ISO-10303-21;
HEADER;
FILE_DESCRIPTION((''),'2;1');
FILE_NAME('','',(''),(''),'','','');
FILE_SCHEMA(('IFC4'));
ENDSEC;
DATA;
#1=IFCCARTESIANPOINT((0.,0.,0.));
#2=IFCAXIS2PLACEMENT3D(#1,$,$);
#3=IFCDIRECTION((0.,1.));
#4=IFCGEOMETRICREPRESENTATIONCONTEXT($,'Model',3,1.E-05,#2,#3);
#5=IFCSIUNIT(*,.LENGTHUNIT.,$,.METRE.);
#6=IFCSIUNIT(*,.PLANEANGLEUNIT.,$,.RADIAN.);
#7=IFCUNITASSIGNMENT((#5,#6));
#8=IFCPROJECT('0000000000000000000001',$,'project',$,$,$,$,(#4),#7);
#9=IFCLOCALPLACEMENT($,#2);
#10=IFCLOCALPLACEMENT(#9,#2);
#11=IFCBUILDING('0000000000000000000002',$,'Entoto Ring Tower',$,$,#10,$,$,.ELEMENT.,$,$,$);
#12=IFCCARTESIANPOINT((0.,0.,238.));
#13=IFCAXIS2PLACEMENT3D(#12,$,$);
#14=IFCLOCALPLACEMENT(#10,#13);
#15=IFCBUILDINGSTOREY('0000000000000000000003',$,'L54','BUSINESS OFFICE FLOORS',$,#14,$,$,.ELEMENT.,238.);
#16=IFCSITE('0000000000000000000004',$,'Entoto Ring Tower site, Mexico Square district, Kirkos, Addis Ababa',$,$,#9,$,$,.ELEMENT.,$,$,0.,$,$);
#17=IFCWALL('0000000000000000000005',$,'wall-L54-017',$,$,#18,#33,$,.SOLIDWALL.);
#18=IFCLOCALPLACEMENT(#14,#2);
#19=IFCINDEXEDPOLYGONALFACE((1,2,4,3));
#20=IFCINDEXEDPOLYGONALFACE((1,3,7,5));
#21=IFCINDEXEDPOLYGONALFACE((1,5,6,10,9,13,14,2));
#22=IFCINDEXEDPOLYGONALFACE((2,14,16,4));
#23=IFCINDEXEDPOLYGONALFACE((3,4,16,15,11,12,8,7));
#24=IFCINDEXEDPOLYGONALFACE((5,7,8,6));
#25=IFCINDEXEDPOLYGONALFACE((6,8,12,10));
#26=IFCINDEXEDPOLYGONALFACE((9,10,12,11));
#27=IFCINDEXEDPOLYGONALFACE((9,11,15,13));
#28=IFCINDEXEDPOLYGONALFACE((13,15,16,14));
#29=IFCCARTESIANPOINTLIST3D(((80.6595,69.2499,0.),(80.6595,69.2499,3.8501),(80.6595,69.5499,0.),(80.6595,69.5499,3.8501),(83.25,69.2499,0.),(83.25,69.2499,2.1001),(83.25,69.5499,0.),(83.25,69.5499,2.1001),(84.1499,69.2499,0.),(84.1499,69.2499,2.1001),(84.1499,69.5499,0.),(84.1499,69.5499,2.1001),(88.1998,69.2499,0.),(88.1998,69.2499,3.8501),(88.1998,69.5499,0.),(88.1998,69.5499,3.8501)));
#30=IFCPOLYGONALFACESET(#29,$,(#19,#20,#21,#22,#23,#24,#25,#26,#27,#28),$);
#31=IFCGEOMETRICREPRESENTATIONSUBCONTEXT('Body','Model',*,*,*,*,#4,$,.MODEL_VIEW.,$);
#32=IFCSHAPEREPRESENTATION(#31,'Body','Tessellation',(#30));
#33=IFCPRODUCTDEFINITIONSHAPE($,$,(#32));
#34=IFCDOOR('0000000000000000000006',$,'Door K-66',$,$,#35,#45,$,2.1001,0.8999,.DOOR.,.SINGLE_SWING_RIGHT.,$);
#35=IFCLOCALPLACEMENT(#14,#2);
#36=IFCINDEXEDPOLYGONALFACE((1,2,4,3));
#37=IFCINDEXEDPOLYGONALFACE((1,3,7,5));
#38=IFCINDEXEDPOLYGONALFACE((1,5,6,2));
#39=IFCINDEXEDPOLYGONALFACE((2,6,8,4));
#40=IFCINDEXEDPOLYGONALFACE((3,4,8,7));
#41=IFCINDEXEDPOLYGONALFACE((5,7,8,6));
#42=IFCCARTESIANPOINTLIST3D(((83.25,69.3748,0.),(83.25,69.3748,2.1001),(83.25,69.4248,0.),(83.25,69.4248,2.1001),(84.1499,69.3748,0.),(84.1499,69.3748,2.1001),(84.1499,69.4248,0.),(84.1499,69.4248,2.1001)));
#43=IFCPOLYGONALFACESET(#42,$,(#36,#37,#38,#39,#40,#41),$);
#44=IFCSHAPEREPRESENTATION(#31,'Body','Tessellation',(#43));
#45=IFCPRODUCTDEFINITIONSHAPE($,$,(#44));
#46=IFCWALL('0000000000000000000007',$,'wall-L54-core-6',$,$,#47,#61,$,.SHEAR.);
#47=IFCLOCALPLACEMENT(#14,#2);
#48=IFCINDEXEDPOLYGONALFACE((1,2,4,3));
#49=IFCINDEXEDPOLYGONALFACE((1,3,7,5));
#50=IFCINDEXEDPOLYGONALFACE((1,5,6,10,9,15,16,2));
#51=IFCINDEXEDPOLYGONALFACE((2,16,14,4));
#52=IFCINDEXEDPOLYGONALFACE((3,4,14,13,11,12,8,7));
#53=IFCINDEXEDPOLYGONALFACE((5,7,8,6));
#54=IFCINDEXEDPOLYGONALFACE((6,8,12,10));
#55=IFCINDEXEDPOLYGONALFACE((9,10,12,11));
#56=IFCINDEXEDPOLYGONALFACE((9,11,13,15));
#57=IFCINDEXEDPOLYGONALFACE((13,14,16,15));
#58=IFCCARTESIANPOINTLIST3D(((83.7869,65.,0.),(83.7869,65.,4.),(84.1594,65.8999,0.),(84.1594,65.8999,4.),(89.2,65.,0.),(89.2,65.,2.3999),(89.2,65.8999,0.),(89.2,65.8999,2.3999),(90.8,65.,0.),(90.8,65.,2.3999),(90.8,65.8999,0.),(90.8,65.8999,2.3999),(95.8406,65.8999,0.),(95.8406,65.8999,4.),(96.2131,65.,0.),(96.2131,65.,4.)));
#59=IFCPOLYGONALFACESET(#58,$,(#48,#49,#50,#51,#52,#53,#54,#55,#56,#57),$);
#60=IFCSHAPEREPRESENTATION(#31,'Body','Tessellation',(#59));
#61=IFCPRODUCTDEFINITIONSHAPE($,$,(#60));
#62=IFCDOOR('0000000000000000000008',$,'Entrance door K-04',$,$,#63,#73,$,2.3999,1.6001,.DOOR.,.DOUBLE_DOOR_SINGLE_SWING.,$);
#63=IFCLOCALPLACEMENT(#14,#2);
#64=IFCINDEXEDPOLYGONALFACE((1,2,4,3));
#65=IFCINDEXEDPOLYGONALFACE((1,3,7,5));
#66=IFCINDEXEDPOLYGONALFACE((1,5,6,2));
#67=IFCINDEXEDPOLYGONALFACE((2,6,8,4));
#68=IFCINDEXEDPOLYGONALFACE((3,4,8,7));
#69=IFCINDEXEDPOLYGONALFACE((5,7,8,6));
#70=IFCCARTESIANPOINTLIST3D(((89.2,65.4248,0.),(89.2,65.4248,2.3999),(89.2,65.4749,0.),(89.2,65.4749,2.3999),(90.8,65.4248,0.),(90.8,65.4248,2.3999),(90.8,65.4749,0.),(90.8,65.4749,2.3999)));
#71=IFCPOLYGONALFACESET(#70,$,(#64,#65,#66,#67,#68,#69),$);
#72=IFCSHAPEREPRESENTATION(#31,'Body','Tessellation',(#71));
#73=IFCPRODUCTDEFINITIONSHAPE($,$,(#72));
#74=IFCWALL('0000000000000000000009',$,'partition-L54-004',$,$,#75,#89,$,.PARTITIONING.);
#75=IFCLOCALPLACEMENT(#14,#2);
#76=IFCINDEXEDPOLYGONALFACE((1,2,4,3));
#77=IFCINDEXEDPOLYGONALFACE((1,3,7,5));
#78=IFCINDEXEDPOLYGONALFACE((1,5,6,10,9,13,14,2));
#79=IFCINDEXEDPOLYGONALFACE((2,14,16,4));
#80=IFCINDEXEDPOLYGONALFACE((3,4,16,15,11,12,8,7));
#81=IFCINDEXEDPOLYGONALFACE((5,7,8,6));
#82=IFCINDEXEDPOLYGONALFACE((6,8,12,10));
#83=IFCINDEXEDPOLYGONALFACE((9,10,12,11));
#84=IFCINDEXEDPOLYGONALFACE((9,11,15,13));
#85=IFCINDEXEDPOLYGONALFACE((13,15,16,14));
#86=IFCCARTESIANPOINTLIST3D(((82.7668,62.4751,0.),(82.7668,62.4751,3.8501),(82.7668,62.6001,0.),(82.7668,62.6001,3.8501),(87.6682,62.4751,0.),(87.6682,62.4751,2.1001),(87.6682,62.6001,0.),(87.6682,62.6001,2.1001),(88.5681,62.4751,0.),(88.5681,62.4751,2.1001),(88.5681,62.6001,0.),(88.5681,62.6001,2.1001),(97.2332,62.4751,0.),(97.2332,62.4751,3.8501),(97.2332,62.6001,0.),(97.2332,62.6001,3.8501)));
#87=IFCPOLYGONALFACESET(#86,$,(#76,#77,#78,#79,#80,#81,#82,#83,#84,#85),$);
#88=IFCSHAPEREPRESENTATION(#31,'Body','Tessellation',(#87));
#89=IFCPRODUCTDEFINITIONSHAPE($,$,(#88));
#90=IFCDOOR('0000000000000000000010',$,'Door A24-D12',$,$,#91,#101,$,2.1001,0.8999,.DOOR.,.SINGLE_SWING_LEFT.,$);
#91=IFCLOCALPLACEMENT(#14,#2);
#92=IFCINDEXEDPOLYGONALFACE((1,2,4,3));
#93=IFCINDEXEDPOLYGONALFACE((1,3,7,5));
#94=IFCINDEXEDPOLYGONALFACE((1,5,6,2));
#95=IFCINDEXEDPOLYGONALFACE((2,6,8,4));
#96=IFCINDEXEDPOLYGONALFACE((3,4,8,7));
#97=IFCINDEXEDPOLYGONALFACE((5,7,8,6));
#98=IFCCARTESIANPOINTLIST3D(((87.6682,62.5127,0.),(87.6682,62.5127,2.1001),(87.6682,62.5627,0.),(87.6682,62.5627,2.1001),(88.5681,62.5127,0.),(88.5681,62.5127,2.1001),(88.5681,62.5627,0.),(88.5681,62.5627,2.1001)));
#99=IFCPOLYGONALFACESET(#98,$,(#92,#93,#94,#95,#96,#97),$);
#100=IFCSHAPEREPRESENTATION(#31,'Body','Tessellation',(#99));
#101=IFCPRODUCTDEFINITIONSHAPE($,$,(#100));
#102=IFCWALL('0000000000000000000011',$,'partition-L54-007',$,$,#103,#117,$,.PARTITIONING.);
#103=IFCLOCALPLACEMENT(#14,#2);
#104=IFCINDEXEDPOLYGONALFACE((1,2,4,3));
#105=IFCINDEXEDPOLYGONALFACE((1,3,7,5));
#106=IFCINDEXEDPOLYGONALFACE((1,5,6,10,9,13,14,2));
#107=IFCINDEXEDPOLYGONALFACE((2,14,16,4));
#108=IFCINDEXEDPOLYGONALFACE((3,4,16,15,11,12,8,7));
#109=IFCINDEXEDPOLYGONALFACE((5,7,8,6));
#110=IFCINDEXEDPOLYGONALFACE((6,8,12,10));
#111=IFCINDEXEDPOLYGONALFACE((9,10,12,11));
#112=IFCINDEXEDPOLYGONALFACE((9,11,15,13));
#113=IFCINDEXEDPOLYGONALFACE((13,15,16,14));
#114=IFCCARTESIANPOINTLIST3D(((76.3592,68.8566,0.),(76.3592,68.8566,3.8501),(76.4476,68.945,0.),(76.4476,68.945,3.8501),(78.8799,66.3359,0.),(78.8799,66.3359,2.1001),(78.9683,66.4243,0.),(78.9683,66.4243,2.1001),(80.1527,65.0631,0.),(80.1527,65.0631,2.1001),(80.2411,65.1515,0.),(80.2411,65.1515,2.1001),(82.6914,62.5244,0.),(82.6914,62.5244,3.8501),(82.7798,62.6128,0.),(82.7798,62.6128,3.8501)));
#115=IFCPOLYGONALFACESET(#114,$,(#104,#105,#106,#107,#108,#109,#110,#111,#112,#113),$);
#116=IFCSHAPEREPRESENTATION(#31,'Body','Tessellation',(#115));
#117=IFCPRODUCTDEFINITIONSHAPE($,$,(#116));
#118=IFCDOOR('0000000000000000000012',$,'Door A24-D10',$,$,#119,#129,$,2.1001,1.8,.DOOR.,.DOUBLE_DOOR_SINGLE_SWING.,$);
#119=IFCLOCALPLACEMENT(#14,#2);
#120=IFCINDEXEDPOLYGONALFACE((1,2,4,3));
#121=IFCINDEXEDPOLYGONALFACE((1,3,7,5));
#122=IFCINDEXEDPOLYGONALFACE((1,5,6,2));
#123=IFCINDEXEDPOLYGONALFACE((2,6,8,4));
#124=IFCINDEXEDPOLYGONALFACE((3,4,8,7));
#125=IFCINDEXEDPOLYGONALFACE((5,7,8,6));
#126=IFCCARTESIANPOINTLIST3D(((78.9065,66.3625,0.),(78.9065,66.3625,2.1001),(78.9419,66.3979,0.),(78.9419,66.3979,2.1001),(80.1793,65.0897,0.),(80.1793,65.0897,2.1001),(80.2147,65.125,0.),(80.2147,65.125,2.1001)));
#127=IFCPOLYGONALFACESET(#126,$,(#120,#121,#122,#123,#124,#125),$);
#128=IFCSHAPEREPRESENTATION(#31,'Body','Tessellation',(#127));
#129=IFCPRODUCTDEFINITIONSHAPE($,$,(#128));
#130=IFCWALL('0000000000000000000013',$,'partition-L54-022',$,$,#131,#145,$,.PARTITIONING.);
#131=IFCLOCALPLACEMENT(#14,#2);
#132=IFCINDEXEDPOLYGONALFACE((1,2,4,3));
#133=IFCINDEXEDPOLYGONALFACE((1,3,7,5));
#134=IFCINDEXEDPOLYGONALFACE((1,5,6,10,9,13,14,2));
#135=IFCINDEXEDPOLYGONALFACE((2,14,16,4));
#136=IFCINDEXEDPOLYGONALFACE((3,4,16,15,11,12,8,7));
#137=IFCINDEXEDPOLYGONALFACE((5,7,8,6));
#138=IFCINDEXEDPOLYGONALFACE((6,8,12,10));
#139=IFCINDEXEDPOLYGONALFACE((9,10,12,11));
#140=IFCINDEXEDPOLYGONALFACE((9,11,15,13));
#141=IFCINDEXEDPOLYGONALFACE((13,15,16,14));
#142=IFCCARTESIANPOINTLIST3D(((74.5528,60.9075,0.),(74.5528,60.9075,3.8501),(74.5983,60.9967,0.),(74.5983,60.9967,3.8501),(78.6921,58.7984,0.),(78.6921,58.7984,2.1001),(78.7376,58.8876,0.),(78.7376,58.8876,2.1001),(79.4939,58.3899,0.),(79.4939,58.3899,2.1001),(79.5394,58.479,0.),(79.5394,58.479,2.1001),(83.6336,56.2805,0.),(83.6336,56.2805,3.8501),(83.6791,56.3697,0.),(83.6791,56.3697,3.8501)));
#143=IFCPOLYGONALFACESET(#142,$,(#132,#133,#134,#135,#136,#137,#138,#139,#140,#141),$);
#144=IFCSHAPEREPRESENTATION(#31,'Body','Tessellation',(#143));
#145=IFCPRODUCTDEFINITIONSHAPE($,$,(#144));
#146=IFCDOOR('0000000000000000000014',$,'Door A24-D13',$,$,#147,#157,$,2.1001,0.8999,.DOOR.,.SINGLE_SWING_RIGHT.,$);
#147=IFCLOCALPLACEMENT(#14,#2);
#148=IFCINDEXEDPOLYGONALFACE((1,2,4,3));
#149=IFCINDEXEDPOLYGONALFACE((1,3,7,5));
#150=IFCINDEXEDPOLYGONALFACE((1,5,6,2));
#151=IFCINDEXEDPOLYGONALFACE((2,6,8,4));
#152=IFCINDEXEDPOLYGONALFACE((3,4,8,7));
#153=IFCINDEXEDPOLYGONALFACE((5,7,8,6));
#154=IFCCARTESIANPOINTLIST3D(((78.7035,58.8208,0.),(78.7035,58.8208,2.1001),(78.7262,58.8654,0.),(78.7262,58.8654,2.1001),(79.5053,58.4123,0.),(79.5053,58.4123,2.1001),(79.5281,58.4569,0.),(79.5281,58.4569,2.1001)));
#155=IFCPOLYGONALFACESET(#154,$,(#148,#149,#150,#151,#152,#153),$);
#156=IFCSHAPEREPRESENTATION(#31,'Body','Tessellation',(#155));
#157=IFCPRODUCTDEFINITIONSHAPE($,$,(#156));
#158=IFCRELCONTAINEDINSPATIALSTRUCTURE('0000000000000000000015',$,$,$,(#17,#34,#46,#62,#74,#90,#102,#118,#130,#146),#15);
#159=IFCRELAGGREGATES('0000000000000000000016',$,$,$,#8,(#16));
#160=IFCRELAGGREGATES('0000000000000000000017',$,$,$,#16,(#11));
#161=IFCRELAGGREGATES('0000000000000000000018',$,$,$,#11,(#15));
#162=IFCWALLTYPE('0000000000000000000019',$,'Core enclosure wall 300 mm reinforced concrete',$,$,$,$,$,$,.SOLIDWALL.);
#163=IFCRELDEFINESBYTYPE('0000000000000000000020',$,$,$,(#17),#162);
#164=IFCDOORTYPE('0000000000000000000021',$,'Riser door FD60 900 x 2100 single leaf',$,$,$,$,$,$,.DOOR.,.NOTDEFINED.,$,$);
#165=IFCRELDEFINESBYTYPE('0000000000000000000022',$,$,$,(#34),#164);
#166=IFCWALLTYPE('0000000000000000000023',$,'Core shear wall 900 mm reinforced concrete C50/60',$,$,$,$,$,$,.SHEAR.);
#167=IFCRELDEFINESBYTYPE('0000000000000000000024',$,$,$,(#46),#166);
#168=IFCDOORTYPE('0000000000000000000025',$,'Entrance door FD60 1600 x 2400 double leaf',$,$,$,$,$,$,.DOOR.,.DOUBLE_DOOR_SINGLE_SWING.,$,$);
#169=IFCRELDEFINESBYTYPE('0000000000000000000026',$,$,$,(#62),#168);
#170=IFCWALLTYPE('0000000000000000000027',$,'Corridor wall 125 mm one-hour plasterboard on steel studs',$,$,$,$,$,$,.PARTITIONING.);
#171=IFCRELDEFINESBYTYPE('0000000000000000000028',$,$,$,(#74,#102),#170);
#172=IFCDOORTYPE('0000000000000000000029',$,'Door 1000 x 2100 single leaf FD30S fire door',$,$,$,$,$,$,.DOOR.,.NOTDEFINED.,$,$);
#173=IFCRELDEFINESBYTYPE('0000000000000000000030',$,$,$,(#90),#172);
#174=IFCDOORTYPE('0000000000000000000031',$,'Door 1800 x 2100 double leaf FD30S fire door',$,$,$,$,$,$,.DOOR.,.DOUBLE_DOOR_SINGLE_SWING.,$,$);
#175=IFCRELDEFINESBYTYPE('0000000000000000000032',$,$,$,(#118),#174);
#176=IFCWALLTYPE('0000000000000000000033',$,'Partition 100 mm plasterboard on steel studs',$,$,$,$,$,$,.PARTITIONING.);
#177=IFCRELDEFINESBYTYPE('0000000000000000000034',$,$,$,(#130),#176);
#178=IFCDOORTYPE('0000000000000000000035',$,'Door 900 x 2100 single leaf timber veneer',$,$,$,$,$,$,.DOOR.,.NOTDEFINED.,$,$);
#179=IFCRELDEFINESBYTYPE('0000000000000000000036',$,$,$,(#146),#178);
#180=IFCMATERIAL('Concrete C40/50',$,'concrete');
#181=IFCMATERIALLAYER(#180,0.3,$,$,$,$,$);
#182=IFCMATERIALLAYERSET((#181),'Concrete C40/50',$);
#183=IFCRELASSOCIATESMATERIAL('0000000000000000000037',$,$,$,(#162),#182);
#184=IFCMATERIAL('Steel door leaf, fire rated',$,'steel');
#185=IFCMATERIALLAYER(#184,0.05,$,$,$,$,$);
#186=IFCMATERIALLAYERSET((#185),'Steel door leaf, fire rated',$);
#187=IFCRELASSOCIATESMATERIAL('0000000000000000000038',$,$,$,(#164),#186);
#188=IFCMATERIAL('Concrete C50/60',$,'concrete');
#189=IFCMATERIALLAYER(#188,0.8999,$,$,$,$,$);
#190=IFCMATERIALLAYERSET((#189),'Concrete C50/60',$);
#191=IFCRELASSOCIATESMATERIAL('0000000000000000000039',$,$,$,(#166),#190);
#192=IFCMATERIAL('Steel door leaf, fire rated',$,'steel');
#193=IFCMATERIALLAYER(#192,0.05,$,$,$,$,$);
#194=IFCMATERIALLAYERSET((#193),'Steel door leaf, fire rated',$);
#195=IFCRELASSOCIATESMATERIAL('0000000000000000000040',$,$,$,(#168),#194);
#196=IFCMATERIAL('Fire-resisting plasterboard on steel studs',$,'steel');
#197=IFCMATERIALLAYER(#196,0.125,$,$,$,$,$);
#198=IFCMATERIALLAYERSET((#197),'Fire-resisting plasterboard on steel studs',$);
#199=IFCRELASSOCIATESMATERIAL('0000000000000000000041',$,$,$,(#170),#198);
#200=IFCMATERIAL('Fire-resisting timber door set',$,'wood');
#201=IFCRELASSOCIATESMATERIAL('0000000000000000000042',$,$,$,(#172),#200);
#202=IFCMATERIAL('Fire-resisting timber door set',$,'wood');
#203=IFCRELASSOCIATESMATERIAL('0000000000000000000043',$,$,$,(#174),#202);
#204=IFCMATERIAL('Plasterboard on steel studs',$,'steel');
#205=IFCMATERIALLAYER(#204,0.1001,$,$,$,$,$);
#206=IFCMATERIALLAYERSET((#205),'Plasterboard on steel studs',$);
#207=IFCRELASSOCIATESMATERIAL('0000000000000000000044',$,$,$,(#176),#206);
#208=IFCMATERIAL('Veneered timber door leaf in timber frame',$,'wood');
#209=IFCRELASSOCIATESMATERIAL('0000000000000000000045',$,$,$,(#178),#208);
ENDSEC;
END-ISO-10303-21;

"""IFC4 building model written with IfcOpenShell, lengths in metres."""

from ifc_helpers import new_model, si_unit, direction, frame, frame_2d, origin, place, context, subcontext, project, spatial, polyline, rectangle, outline, extrude, material, layer, layer_set, type_object, element, fill, save


model = new_model("IFC4")

# Units and contexts
model_context = context("Model", 3, precision=1e-05, world=origin(), true_north=direction((0.0, 1.0)))
body_context = subcontext(model_context, "Body", "Model", "MODEL_VIEW")
ifc_project = project(units=[si_unit("LENGTHUNIT", "METRE"), si_unit("PLANEANGLEUNIT", "RADIAN")], contexts=[model_context])

# Site, building, storey
site_placement = place(None, origin())
site = spatial("IfcSite", under=ifc_project, at=site_placement, Name="Entoto Ring Tower site, Mexico Square district, Kirkos, Addis Ababa", CompositionType="ELEMENT", RefElevation=0.0)
building_placement = place(site_placement, origin())
building = spatial("IfcBuilding", under=site, at=building_placement, Name="Entoto Ring Tower", CompositionType="ELEMENT")
storey_placement = place(building_placement, frame((0.0, 0.0, 238.0)))
storey = spatial("IfcBuildingStorey", under=building, at=storey_placement, Name="L54", Description="BUSINESS OFFICE FLOORS", CompositionType="ELEMENT", Elevation=238.0)

# Walls, openings, doors
ifc_material_1 = material(Name="Concrete C40/50", Category="concrete")
ifc_layer_1 = layer(ifc_material_1, 0.3)
ifc_layer_set_1 = layer_set([ifc_layer_1], Name="Concrete C40/50")
wall_type_1 = type_object("IfcWallType", Name="Core enclosure wall 300 mm reinforced concrete", PredefinedType="SOLIDWALL", material=ifc_layer_set_1)
wall_1_placement = place(storey_placement, frame((80.6597, 69.3999, 0.0), z_axis=(0.0, 0.0, 1.0), x_axis=(1.0, 0.0, 0.0)))
wall_1 = element("IfcWall", 1, at=wall_1_placement, inside=storey, type_object=wall_type_1, Name="wall-L54-017", PredefinedType="SOLIDWALL", context=body_context, shape_type="SweptSolid", body=[
    extrude(rectangle(XDim=7.5403, YDim=0.3, at=frame_2d((3.77, 0.0))), origin(), (0.0, 0.0, 1.0), 3.8501),
])
opening_1_placement = place(wall_1_placement, frame((2.5903, 0.0, 0.0)))
opening_1 = element("IfcOpeningElement", 2, at=opening_1_placement, cuts=wall_1, PredefinedType="OPENING", context=body_context, shape_type="SweptSolid", body=[
    extrude(rectangle(XDim=0.8999, YDim=2.1001, at=frame_2d((0.45, 1.05))), frame((0.0, 0.1602, 0.0), z_axis=(0.0, -1.0, 0.0), x_axis=(1.0, 0.0, 0.0)), (0.0, 0.0, 1.0), 0.3201),
])
ifc_material_2 = material(Name="Steel door leaf, fire rated", Category="steel")
ifc_layer_2 = layer(ifc_material_2, 0.05)
ifc_layer_set_2 = layer_set([ifc_layer_2], Name="Steel door leaf, fire rated")
door_type_1 = type_object("IfcDoorType", Name="Riser door FD60 900 x 2100 single leaf", OperationType="NOTDEFINED", PredefinedType="DOOR", material=ifc_layer_set_2)
door_1_placement = place(opening_1_placement, origin())
door_1 = element("IfcDoor", 3, at=door_1_placement, inside=storey, type_object=door_type_1, Name="Door K-66", OperationType="SINGLE_SWING_RIGHT", OverallHeight=2.1001, OverallWidth=0.8999, PredefinedType="DOOR", context=body_context, shape_type="SweptSolid", body=[
    extrude(rectangle(XDim=0.8999, YDim=2.1001, at=frame_2d((0.45, 1.05))), frame((0.0, 0.0249, 0.0), z_axis=(0.0, -1.0, 0.0), x_axis=(1.0, 0.0, 0.0)), (0.0, 0.0, 1.0), 0.05),
])
fill(opening_1, door_1)
ifc_material_3 = material(Name="Concrete C50/60", Category="concrete")
ifc_layer_3 = layer(ifc_material_3, 0.8999)
ifc_layer_set_3 = layer_set([ifc_layer_3], Name="Concrete C50/60")
wall_type_2 = type_object("IfcWallType", Name="Core shear wall 900 mm reinforced concrete C50/60", PredefinedType="SHEAR", material=ifc_layer_set_3)
wall_2_placement = place(storey_placement, frame((83.9731, 65.45, 0.0), z_axis=(0.0, 0.0, 1.0), x_axis=(1.0, 0.0, 0.0)))
wall_2 = element("IfcWall", 4, at=wall_2_placement, inside=storey, type_object=wall_type_2, Name="wall-L54-core-6", PredefinedType="SHEAR", context=body_context, shape_type="SweptSolid", body=[
    extrude(outline(polyline([(-0.1863, -0.45), (12.24, -0.45), (11.8674, 0.45), (0.1863, 0.45), (-0.1863, -0.45)])), origin(), (0.0, 0.0, 1.0), 4.0),
])
opening_2_placement = place(wall_2_placement, frame((5.2268, 0.0, 0.0)))
opening_2 = element("IfcOpeningElement", 5, at=opening_2_placement, cuts=wall_2, PredefinedType="OPENING", context=body_context, shape_type="SweptSolid", body=[
    extrude(rectangle(XDim=1.6001, YDim=2.3999, at=frame_2d((0.8, 1.2))), frame((0.0, 0.46, 0.0), z_axis=(0.0, -1.0, 0.0), x_axis=(1.0, 0.0, 0.0)), (0.0, 0.0, 1.0), 0.9199),
])
ifc_material_4 = material(Name="Steel door leaf, fire rated", Category="steel")
ifc_layer_4 = layer(ifc_material_4, 0.05)
ifc_layer_set_4 = layer_set([ifc_layer_4], Name="Steel door leaf, fire rated")
door_type_2 = type_object("IfcDoorType", Name="Entrance door FD60 1600 x 2400 double leaf", OperationType="DOUBLE_DOOR_SINGLE_SWING", PredefinedType="DOOR", material=ifc_layer_set_4)
door_2_placement = place(opening_2_placement, origin())
door_2 = element("IfcDoor", 6, at=door_2_placement, inside=storey, type_object=door_type_2, Name="Entrance door K-04", OperationType="DOUBLE_DOOR_SINGLE_SWING", OverallHeight=2.3999, OverallWidth=1.6001, PredefinedType="DOOR", context=body_context, shape_type="SweptSolid", body=[
    extrude(rectangle(XDim=1.6001, YDim=2.3999, at=frame_2d((0.8, 1.2))), frame((0.0, 0.0249, 0.0), z_axis=(0.0, -1.0, 0.0), x_axis=(1.0, 0.0, 0.0)), (0.0, 0.0, 1.0), 0.05),
])
fill(opening_2, door_2)
ifc_material_5 = material(Name="Fire-resisting plasterboard on steel studs", Category="steel")
ifc_layer_5 = layer(ifc_material_5, 0.125)
ifc_layer_set_5 = layer_set([ifc_layer_5], Name="Fire-resisting plasterboard on steel studs")
wall_type_3 = type_object("IfcWallType", Name="Corridor wall 125 mm one-hour plasterboard on steel studs", PredefinedType="PARTITIONING", material=ifc_layer_set_5)
wall_3_placement = place(storey_placement, frame((82.7668, 62.5376, 0.0), z_axis=(0.0, 0.0, 1.0), x_axis=(1.0, 0.0, 0.0)))
wall_3 = element("IfcWall", 7, at=wall_3_placement, inside=storey, type_object=wall_type_3, Name="partition-L54-004", PredefinedType="PARTITIONING", context=body_context, shape_type="SweptSolid", body=[
    extrude(rectangle(XDim=14.4663, YDim=0.125, at=frame_2d((7.2332, 0.0))), origin(), (0.0, 0.0, 1.0), 3.8501),
])
opening_3_placement = place(wall_3_placement, frame((4.9014, 0.0, 0.0)))
opening_3 = element("IfcOpeningElement", 8, at=opening_3_placement, cuts=wall_3, PredefinedType="OPENING", context=body_context, shape_type="SweptSolid", body=[
    extrude(rectangle(XDim=0.8999, YDim=2.1001, at=frame_2d((0.45, 1.05))), frame((0.0, 0.0725, 0.0), z_axis=(0.0, -1.0, 0.0), x_axis=(1.0, 0.0, 0.0)), (0.0, 0.0, 1.0), 0.145),
])
ifc_material_6 = material(Name="Fire-resisting timber door set", Category="wood")
door_type_3 = type_object("IfcDoorType", Name="Door 1000 x 2100 single leaf FD30S fire door", OperationType="NOTDEFINED", PredefinedType="DOOR", material=ifc_material_6)
door_3_placement = place(opening_3_placement, frame((0.8999, 0.0, 0.0), z_axis=(0.0, 0.0, 1.0), x_axis=(-1.0, 0.0, 0.0)))
door_3 = element("IfcDoor", 9, at=door_3_placement, inside=storey, type_object=door_type_3, Name="Door A24-D12", OperationType="SINGLE_SWING_LEFT", OverallHeight=2.1001, OverallWidth=0.8999, PredefinedType="DOOR", context=body_context, shape_type="SweptSolid", body=[
    extrude(rectangle(XDim=0.8999, YDim=2.1001, at=frame_2d((0.45, 1.05))), frame((0.0, 0.0249, 0.0), z_axis=(0.0, -1.0, 0.0), x_axis=(1.0, 0.0, 0.0)), (0.0, 0.0, 1.0), 0.05),
])
fill(opening_3, door_3)
wall_4_placement = place(storey_placement, frame((82.7356, 62.5686, 0.0), z_axis=(0.0, 0.0, 1.0), x_axis=(-0.707107, 0.707107, 0.0)))
wall_4 = element("IfcWall", 10, at=wall_4_placement, inside=storey, type_object=wall_type_3, Name="partition-L54-007", PredefinedType="PARTITIONING", context=body_context, shape_type="SweptSolid", body=[
    extrude(rectangle(XDim=8.9551, YDim=0.125, at=frame_2d((4.4775, 0.0))), origin(), (0.0, 0.0, 1.0), 3.8501),
])
opening_4_placement = place(wall_4_placement, frame((3.5903, 0.0, 0.0)))
opening_4 = element("IfcOpeningElement", 11, at=opening_4_placement, cuts=wall_4, PredefinedType="OPENING", context=body_context, shape_type="SweptSolid", body=[
    extrude(rectangle(XDim=1.8, YDim=2.1001, at=frame_2d((0.8999, 1.05))), frame((0.0, 0.0725, 0.0), z_axis=(0.0, -1.0, 0.0), x_axis=(1.0, 0.0, 0.0)), (0.0, 0.0, 1.0), 0.145),
])
ifc_material_7 = material(Name="Fire-resisting timber door set", Category="wood")
door_type_4 = type_object("IfcDoorType", Name="Door 1800 x 2100 double leaf FD30S fire door", OperationType="DOUBLE_DOOR_SINGLE_SWING", PredefinedType="DOOR", material=ifc_material_7)
door_4_placement = place(opening_4_placement, origin())
door_4 = element("IfcDoor", 12, at=door_4_placement, inside=storey, type_object=door_type_4, Name="Door A24-D10", OperationType="DOUBLE_DOOR_SINGLE_SWING", OverallHeight=2.1001, OverallWidth=1.8, PredefinedType="DOOR", context=body_context, shape_type="SweptSolid", body=[
    extrude(rectangle(XDim=1.8, YDim=2.1001, at=frame_2d((0.8999, 1.05))), frame((0.0, 0.0249, 0.0), z_axis=(0.0, -1.0, 0.0), x_axis=(1.0, 0.0, 0.0)), (0.0, 0.0, 1.0), 0.05),
])
fill(opening_4, door_4)
ifc_material_8 = material(Name="Plasterboard on steel studs", Category="steel")
ifc_layer_6 = layer(ifc_material_8, 0.1001)
ifc_layer_set_6 = layer_set([ifc_layer_6], Name="Plasterboard on steel studs")
wall_type_4 = type_object("IfcWallType", Name="Partition 100 mm plasterboard on steel studs", PredefinedType="PARTITIONING", material=ifc_layer_set_6)
wall_5_placement = place(storey_placement, frame((83.6562, 56.3252, 0.0), z_axis=(0.0, 0.0, 1.0), x_axis=(-0.891005, 0.453994, 0.0)))
wall_5 = element("IfcWall", 13, at=wall_5_placement, inside=storey, type_object=wall_type_4, Name="partition-L54-022", PredefinedType="PARTITIONING", context=body_context, shape_type="SweptSolid", body=[
    extrude(rectangle(XDim=10.1917, YDim=0.1001, at=frame_2d((5.0957, 0.0))), origin(), (0.0, 0.0, 1.0), 3.8501),
])
opening_5_placement = place(wall_5_placement, frame((4.646, 0.0, 0.0)))
opening_5 = element("IfcOpeningElement", 14, at=opening_5_placement, cuts=wall_5, PredefinedType="OPENING", context=body_context, shape_type="SweptSolid", body=[
    extrude(rectangle(XDim=0.8999, YDim=2.1001, at=frame_2d((0.45, 1.05))), frame((0.0, 0.0601, 0.0), z_axis=(0.0, -1.0, 0.0), x_axis=(1.0, 0.0, 0.0)), (0.0, 0.0, 1.0), 0.1201),
])
ifc_material_9 = material(Name="Veneered timber door leaf in timber frame", Category="wood")
door_type_5 = type_object("IfcDoorType", Name="Door 900 x 2100 single leaf timber veneer", OperationType="NOTDEFINED", PredefinedType="DOOR", material=ifc_material_9)
door_5_placement = place(opening_5_placement, origin())
door_5 = element("IfcDoor", 15, at=door_5_placement, inside=storey, type_object=door_type_5, Name="Door A24-D13", OperationType="SINGLE_SWING_RIGHT", OverallHeight=2.1001, OverallWidth=0.8999, PredefinedType="DOOR", context=body_context, shape_type="SweptSolid", body=[
    extrude(rectangle(XDim=0.8999, YDim=2.1001, at=frame_2d((0.45, 1.05))), frame((0.0, 0.0249, 0.0), z_axis=(0.0, -1.0, 0.0), x_axis=(1.0, 0.0, 0.0)), (0.0, 0.0, 1.0), 0.05),
])
fill(opening_5, door_5)

save(model, "model.ifc")
